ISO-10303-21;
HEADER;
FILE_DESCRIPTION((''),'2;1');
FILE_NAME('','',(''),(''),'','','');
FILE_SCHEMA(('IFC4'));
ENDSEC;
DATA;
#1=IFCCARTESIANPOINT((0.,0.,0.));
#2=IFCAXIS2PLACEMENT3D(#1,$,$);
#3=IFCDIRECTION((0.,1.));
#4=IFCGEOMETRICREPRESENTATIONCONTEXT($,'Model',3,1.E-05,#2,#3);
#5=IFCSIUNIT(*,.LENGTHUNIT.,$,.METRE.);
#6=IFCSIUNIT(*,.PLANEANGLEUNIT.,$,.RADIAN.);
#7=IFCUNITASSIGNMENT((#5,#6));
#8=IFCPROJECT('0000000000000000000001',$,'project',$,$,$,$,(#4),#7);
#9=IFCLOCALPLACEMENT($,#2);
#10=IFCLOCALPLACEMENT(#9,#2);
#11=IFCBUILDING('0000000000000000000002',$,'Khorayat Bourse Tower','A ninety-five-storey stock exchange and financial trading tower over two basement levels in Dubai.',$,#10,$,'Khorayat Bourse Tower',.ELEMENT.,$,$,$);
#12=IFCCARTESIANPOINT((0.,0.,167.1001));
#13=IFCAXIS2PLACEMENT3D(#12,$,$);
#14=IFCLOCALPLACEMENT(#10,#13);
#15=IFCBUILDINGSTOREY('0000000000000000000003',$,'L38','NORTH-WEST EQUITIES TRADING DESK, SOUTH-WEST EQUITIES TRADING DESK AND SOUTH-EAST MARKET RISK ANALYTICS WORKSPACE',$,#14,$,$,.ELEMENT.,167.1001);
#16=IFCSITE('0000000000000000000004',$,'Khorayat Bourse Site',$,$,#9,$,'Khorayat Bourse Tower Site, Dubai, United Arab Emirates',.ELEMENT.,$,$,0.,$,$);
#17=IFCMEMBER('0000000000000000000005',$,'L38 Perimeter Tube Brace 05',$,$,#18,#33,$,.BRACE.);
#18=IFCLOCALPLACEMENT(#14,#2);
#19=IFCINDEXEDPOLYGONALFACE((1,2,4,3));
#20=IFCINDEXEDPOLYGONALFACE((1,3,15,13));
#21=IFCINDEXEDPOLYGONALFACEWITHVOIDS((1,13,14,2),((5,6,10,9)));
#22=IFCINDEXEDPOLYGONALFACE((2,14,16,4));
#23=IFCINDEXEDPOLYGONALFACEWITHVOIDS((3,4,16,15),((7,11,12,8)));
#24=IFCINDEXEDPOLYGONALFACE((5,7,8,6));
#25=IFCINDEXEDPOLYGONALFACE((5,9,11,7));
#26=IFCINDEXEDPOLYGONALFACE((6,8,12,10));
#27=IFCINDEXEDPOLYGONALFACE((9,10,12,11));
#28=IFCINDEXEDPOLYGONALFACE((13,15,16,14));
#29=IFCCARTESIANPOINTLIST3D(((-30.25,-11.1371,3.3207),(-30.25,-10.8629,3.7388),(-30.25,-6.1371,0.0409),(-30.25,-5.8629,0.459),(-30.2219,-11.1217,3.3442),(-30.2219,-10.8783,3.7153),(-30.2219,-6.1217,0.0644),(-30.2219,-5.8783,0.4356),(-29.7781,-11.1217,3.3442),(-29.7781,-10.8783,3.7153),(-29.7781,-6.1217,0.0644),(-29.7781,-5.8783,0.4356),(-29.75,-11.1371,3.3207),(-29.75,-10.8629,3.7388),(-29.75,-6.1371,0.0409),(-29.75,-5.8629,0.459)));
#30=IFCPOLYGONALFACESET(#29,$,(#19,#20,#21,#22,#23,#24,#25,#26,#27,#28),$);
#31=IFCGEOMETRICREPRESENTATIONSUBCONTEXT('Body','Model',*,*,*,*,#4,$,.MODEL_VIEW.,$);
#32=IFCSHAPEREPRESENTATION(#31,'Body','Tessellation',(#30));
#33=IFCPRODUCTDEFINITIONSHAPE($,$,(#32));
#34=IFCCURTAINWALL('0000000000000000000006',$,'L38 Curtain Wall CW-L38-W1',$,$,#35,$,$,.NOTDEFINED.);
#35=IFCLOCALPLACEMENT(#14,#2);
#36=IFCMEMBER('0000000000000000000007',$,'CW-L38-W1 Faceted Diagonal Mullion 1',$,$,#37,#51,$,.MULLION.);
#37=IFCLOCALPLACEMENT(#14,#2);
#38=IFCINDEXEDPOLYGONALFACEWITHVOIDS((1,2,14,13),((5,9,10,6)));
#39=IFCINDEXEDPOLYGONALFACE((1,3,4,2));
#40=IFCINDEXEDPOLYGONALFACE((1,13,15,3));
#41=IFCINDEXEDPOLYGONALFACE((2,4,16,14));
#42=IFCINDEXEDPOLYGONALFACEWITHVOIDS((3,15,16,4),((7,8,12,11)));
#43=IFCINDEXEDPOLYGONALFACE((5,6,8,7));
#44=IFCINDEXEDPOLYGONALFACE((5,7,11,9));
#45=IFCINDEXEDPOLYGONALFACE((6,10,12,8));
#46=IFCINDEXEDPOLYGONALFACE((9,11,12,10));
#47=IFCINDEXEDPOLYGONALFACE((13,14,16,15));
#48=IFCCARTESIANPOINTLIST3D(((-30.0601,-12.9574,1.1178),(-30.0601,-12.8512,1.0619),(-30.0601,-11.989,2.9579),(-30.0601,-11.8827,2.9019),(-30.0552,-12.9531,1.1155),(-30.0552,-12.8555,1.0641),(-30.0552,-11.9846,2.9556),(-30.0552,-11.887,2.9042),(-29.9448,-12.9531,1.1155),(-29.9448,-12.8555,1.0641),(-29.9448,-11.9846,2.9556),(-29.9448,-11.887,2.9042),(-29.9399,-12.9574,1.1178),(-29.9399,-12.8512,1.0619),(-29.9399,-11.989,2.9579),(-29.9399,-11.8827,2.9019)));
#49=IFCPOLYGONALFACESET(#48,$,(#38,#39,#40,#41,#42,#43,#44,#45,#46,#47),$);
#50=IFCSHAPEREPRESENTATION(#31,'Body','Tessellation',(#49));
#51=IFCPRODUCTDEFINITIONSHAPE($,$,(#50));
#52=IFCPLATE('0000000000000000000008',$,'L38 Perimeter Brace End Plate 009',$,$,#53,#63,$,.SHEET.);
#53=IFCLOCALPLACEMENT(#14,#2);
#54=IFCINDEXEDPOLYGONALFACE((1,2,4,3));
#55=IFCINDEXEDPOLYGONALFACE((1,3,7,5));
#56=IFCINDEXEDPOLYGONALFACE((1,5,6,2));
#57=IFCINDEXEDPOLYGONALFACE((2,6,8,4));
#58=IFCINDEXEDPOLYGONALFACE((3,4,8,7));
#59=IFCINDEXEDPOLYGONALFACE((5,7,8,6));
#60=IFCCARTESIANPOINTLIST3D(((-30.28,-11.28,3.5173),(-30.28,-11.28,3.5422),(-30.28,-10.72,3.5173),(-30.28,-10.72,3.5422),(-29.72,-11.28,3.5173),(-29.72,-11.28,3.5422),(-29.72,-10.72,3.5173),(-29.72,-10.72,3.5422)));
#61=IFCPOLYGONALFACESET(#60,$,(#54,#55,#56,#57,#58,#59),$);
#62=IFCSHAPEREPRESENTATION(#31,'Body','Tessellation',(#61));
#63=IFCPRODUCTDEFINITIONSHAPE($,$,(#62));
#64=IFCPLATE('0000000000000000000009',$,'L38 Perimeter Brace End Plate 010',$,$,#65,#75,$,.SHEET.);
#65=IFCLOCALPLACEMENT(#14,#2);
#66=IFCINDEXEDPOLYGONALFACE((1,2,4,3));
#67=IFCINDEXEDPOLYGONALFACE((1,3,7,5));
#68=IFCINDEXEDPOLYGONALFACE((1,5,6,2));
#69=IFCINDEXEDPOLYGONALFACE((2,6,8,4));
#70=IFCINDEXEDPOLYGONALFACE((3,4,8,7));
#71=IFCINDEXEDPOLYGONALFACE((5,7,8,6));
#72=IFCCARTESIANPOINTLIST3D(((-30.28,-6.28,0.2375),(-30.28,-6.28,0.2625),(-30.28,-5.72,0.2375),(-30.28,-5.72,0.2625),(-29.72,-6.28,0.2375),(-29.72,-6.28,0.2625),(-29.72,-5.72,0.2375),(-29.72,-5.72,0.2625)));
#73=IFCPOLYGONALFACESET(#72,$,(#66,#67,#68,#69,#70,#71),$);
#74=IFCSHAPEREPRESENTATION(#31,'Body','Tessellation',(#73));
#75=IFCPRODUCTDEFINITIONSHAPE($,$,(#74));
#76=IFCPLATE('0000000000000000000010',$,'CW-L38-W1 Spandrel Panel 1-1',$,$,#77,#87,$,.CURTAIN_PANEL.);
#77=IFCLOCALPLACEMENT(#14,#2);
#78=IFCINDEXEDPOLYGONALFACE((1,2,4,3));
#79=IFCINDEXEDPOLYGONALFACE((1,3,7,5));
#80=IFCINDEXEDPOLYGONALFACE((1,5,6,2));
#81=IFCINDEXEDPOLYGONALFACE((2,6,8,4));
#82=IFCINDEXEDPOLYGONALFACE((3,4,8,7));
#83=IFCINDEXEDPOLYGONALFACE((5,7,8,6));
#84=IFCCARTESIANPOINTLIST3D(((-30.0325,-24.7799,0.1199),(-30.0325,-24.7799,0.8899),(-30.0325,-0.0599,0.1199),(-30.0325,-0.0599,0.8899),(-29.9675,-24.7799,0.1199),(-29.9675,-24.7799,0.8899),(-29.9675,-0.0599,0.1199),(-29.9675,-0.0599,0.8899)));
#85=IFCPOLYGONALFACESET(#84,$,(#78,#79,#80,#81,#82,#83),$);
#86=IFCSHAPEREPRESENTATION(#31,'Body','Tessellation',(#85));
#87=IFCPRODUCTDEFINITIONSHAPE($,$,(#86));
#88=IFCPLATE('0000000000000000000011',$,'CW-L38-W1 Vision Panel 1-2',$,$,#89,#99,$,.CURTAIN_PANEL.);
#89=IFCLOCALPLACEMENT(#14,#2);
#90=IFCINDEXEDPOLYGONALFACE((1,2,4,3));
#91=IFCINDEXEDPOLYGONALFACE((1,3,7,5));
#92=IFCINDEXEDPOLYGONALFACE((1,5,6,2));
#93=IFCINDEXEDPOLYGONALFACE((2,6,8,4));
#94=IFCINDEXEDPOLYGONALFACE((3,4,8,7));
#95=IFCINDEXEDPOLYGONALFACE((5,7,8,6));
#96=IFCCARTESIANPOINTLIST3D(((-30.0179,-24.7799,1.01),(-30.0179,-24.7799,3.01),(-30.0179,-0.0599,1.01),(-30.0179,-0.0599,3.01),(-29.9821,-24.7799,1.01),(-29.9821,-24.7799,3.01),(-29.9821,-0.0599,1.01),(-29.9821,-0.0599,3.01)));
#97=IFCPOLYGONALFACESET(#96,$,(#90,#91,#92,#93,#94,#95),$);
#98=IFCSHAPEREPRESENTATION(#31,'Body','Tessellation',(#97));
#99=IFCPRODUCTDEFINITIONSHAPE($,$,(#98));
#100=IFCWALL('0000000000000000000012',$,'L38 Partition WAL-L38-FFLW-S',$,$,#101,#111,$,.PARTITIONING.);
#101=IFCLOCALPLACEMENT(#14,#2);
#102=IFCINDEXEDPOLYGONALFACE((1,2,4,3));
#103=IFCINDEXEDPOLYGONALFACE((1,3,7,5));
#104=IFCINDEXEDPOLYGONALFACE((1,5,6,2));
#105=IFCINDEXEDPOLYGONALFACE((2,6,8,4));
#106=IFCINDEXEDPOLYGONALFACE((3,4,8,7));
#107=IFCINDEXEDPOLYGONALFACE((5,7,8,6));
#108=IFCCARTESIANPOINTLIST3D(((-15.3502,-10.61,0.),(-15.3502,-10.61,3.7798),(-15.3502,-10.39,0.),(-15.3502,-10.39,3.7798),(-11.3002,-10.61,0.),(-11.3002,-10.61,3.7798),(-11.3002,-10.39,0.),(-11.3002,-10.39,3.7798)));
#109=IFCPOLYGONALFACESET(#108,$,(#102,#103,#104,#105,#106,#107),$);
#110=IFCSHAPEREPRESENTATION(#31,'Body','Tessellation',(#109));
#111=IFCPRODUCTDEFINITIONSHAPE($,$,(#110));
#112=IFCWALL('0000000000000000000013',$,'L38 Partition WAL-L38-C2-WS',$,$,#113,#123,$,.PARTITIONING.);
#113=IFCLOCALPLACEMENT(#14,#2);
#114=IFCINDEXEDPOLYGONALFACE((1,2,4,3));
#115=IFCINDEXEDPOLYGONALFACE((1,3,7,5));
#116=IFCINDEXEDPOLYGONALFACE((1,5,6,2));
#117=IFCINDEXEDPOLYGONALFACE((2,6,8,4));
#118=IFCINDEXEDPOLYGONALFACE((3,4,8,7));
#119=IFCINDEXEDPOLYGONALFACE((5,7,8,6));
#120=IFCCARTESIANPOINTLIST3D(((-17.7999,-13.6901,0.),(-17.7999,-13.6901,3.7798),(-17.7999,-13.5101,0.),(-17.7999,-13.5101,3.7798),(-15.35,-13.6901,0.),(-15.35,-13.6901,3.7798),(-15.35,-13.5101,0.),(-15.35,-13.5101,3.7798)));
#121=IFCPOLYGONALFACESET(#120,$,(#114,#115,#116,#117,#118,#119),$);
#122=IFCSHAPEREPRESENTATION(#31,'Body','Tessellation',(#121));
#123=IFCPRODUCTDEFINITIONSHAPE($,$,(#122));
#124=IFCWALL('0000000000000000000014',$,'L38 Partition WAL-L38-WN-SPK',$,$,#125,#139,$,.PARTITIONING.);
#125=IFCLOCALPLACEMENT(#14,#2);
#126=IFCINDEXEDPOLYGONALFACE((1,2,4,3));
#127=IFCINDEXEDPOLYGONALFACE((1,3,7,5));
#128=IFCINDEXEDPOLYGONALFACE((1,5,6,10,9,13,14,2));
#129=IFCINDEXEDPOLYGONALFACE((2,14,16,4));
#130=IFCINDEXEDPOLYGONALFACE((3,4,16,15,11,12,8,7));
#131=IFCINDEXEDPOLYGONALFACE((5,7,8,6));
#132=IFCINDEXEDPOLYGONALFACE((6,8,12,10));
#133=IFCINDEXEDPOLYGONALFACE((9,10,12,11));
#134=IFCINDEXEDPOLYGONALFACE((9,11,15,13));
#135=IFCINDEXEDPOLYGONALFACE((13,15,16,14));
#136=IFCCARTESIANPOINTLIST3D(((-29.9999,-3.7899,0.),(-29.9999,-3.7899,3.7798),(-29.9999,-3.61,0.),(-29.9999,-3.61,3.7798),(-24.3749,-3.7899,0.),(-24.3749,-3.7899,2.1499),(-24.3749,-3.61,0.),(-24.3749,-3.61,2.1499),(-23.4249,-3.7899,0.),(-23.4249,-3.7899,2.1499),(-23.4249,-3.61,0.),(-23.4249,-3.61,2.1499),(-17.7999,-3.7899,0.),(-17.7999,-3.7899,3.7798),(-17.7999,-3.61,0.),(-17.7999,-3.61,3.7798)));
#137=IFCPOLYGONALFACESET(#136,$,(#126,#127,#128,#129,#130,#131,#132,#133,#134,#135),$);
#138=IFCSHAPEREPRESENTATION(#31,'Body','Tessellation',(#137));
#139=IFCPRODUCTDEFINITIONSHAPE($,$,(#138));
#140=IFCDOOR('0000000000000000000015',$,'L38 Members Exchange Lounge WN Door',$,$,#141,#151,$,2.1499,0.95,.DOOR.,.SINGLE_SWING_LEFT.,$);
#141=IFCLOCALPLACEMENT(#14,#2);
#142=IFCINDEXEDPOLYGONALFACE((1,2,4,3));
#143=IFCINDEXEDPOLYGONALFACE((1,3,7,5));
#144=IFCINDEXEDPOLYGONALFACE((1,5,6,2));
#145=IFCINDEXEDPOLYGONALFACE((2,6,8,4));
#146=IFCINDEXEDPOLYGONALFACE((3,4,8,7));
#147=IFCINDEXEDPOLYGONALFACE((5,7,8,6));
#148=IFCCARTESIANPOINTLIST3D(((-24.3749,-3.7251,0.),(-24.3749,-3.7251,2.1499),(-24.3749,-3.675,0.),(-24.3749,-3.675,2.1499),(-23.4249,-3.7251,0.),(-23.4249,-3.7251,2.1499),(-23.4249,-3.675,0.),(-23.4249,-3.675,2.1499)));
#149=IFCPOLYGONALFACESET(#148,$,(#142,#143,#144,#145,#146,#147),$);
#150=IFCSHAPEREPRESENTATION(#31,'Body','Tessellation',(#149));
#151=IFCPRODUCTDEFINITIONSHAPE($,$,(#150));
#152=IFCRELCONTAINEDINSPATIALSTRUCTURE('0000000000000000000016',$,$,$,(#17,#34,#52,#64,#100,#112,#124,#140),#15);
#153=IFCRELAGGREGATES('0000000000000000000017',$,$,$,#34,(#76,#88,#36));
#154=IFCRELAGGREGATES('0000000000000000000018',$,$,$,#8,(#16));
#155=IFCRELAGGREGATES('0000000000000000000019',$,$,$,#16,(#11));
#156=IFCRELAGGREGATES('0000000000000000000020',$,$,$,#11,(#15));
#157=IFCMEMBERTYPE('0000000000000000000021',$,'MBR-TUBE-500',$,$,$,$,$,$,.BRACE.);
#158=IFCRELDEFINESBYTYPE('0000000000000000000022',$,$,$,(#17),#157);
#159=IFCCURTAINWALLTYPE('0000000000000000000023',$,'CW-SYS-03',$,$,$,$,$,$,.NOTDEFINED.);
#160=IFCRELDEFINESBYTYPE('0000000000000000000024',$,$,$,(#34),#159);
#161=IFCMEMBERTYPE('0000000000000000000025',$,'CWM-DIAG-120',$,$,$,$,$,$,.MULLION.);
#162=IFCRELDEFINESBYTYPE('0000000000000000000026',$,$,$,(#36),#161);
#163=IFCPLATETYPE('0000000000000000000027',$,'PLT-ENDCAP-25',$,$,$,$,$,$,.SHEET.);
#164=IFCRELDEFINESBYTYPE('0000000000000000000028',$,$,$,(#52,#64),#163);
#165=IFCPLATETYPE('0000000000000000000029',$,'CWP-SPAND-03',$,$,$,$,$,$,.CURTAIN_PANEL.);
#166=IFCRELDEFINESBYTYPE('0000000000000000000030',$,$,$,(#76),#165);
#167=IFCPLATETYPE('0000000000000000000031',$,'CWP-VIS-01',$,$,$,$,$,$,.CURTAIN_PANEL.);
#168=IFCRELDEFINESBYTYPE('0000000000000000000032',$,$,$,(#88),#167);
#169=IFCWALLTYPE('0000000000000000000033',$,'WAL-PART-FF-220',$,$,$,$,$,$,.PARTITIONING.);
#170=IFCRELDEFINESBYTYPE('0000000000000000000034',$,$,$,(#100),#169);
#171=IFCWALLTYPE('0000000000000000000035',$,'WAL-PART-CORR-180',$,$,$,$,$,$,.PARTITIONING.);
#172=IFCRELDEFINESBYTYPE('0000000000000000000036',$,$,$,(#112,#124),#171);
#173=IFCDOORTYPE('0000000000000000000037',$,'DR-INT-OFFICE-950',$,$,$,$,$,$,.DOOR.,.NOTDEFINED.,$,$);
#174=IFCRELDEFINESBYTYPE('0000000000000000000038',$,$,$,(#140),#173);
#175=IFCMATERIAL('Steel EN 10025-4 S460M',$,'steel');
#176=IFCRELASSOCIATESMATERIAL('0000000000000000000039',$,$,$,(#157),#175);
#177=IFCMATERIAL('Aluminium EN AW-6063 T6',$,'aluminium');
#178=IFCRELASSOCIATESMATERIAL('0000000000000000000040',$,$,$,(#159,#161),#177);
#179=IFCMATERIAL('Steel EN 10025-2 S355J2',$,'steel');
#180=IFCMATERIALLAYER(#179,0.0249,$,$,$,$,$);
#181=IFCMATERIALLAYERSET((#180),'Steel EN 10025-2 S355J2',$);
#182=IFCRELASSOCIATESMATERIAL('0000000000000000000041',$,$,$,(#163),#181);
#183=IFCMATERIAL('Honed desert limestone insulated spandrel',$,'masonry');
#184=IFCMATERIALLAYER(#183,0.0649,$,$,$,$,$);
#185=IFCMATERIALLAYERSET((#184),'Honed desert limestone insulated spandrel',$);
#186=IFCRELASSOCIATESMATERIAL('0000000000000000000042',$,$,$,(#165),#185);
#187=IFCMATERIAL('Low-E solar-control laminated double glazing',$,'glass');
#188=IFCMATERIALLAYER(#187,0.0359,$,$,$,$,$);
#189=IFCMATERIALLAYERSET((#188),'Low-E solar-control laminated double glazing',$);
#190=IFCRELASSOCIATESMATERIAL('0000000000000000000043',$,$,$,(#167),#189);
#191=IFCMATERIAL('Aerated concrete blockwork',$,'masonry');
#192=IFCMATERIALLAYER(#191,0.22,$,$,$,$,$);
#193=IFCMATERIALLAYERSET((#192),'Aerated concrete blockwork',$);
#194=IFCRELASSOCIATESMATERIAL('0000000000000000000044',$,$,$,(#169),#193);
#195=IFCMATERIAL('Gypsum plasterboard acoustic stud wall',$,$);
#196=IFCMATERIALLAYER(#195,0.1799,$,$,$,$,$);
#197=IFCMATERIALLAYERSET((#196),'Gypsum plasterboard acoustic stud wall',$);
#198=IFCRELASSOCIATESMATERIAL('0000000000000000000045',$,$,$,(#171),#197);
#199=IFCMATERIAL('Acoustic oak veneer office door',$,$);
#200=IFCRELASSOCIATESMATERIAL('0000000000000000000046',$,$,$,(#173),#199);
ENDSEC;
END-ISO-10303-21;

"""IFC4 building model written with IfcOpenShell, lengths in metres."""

from ifc_helpers import new_model, si_unit, direction, frame, frame_2d, origin, origin_2d, place, context, subcontext, project, spatial, rectangle, hollow_rectangle, extrude, source, transform, mapped, material, layer, layer_set, material_profile, profile_set, type_object, element, fill, aggregate, save


model = new_model("IFC4")

# Units and contexts
model_context = context("Model", 3, precision=1e-05, world=origin(), true_north=direction((0.0, 1.0)))
body_context = subcontext(model_context, "Body", "Model", "MODEL_VIEW")
ifc_project = project(units=[si_unit("LENGTHUNIT", "METRE"), si_unit("PLANEANGLEUNIT", "RADIAN")], contexts=[model_context])

# Site, building, storey
site_placement = place(None, origin())
site = spatial("IfcSite", under=ifc_project, at=site_placement, Name="Khorayat Bourse Site", LongName="Khorayat Bourse Tower Site, Dubai, United Arab Emirates", CompositionType="ELEMENT", RefElevation=0.0)
building_placement = place(site_placement, origin())
building = spatial("IfcBuilding", under=site, at=building_placement, Name="Khorayat Bourse Tower", Description="A ninety-five-storey stock exchange and financial trading tower over two basement levels in Dubai.", LongName="Khorayat Bourse Tower", CompositionType="ELEMENT")
storey_placement = place(building_placement, frame((0.0, 0.0, 167.1001)))
storey = spatial("IfcBuildingStorey", under=building, at=storey_placement, Name="L38", Description="NORTH-WEST EQUITIES TRADING DESK, SOUTH-WEST EQUITIES TRADING DESK AND SOUTH-EAST MARKET RISK ANALYTICS WORKSPACE", CompositionType="ELEMENT", Elevation=167.1001)

# Shared definitions
ifc_material_1 = material(Name="Steel EN 10025-4 S460M", Category="steel")

# Member
ifc_material_profile_1 = material_profile(ifc_material_1, hollow_rectangle(XDim=0.5, YDim=0.5, WallThickness=0.0281, at=origin_2d()), Name="HSS 500x500x28")
ifc_profile_set_1 = profile_set([ifc_material_profile_1], Name="Steel EN 10025-4 S460M")
member_type_1 = type_object("IfcMemberType", Name="MBR-TUBE-500", PredefinedType="BRACE", material=ifc_profile_set_1)
shared_shape_1 = source(origin(), body_context, "Body", "SweptSolid", [
    extrude(hollow_rectangle(XDim=0.5, YDim=0.5, WallThickness=0.0281, at=origin_2d()), origin(), (0.0, 0.0, 1.0), 5.9797),
])
member_1_placement = place(storey_placement, frame((-30.0, -11.0, 3.5298), z_axis=(0.0, 0.83616, -0.548485), x_axis=(-1.0, 0.0, 0.0)))
element("IfcMember", 1, at=member_1_placement, inside=storey, type_object=member_type_1, Name="L38 Perimeter Tube Brace 05", PredefinedType="BRACE", context=body_context, shape_type="MappedRepresentation", body=[
    mapped(shared_shape_1, transform((0.0, 0.0, 0.0), scale=1.0)),
])

# Curtain wall, member
ifc_material_2 = material(Name="Aluminium EN AW-6063 T6", Category="aluminium")
curtain_wall_type = type_object("IfcCurtainWallType", Name="CW-SYS-03", PredefinedType="NOTDEFINED", material=ifc_material_2)
curtain_wall_placement = place(storey_placement, origin())
curtain_wall = element("IfcCurtainWall", 2, at=curtain_wall_placement, inside=storey, type_object=curtain_wall_type, Name="L38 Curtain Wall CW-L38-W1", PredefinedType="NOTDEFINED")
ifc_material_profile_2 = material_profile(ifc_material_2, hollow_rectangle(XDim=0.1201, YDim=0.1201, WallThickness=0.0049, at=origin_2d()), Name="ALU 120x120x5")
ifc_profile_set_2 = profile_set([ifc_material_profile_2], Name="Aluminium EN AW-6063 T6")
member_type_2 = type_object("IfcMemberType", Name="CWM-DIAG-120", PredefinedType="MULLION", material=ifc_profile_set_2)
shared_shape_2 = source(origin(), body_context, "Body", "SweptSolid", [
    extrude(hollow_rectangle(XDim=0.1201, YDim=0.1201, WallThickness=0.0049, at=origin_2d()), origin(), (0.0, 0.0, 1.0), 2.0793),
])
member_2_placement = place(storey_placement, frame((-30.0, -12.9043, 1.0898), z_axis=(0.0, 0.465761, 0.884911), x_axis=(-1.0, 0.0, 0.0)))
member_2 = element("IfcMember", 3, at=member_2_placement, type_object=member_type_2, Name="CW-L38-W1 Faceted Diagonal Mullion 1", PredefinedType="MULLION", context=body_context, shape_type="MappedRepresentation", body=[
    mapped(shared_shape_2, transform((0.0, 0.0, 0.0), scale=1.0)),
])

# Plates
ifc_material_3 = material(Name="Steel EN 10025-2 S355J2", Category="steel")
ifc_layer_1 = layer(ifc_material_3, 0.0249)
ifc_layer_set_1 = layer_set([ifc_layer_1], Name="Steel EN 10025-2 S355J2")
plate_type_1 = type_object("IfcPlateType", Name="PLT-ENDCAP-25", PredefinedType="SHEET", material=ifc_layer_set_1)
shared_shape_3 = source(origin(), body_context, "Body", "SweptSolid", [
    extrude(rectangle(XDim=0.5601, YDim=0.5601, at=origin_2d()), origin(), (0.0, 0.0, 1.0), 0.0249),
])
for number, where, z_axis, x_axis, name in (
    (4, (-30.0, -11.0, 3.5173), (0.0, 0.0, 1.0), (1.0, 0.0, 0.0), "L38 Perimeter Brace End Plate 009"),
    (5, (-30.0, -6.0, 0.2375), (0.0, 0.0, 1.0), (1.0, 0.0, 0.0), "L38 Perimeter Brace End Plate 010"),
):
    element("IfcPlate", number, at=place(storey_placement, frame(where, z_axis=z_axis, x_axis=x_axis)), inside=storey, type_object=plate_type_1, Name=name, PredefinedType="SHEET", context=body_context, shape_type="MappedRepresentation", body=[
        mapped(shared_shape_3, transform((0.0, 0.0, 0.0), scale=1.0)),
    ])

# Plates
ifc_material_4 = material(Name="Honed desert limestone insulated spandrel", Category="masonry")
ifc_layer_2 = layer(ifc_material_4, 0.0649)
ifc_layer_set_2 = layer_set([ifc_layer_2], Name="Honed desert limestone insulated spandrel")
plate_type_2 = type_object("IfcPlateType", Name="CWP-SPAND-03", PredefinedType="CURTAIN_PANEL", material=ifc_layer_set_2)
shared_shape_4 = source(origin(), body_context, "Body", "SweptSolid", [
    extrude(rectangle(XDim=24.72, YDim=0.0649, at=origin_2d()), origin(), (0.0, 0.0, 1.0), 0.77),
])
plate_1_placement = place(storey_placement, frame((-30.0, -12.4199, 0.1199), z_axis=(0.0, 0.0, 1.0), x_axis=(0.0, 1.0, 0.0)))
plate_1 = element("IfcPlate", 6, at=plate_1_placement, type_object=plate_type_2, Name="CW-L38-W1 Spandrel Panel 1-1", PredefinedType="CURTAIN_PANEL", context=body_context, shape_type="MappedRepresentation", body=[
    mapped(shared_shape_4, transform((0.0, 0.0, 0.0), scale=1.0)),
])
ifc_material_5 = material(Name="Low-E solar-control laminated double glazing", Category="glass")
ifc_layer_3 = layer(ifc_material_5, 0.0359)
ifc_layer_set_3 = layer_set([ifc_layer_3], Name="Low-E solar-control laminated double glazing")
plate_type_3 = type_object("IfcPlateType", Name="CWP-VIS-01", PredefinedType="CURTAIN_PANEL", material=ifc_layer_set_3)
shared_shape_5 = source(origin(), body_context, "Body", "SweptSolid", [
    extrude(rectangle(XDim=24.72, YDim=0.0359, at=origin_2d()), origin(), (0.0, 0.0, 1.0), 2.0),
])
plate_2_placement = place(storey_placement, frame((-30.0, -12.4199, 1.01), z_axis=(0.0, 0.0, 1.0), x_axis=(0.0, 1.0, 0.0)))
plate_2 = element("IfcPlate", 7, at=plate_2_placement, type_object=plate_type_3, Name="CW-L38-W1 Vision Panel 1-2", PredefinedType="CURTAIN_PANEL", context=body_context, shape_type="MappedRepresentation", body=[
    mapped(shared_shape_5, transform((0.0, 0.0, 0.0), scale=1.0)),
])
aggregate(curtain_wall, [plate_1, plate_2, member_2])

# Walls
ifc_material_6 = material(Name="Aerated concrete blockwork", Category="masonry")
ifc_layer_4 = layer(ifc_material_6, 0.22)
ifc_layer_set_4 = layer_set([ifc_layer_4], Name="Aerated concrete blockwork")
wall_type_1 = type_object("IfcWallType", Name="WAL-PART-FF-220", PredefinedType="PARTITIONING", material=ifc_layer_set_4)
shared_shape_6 = source(origin(), body_context, "Body", "SweptSolid", [
    extrude(rectangle(XDim=4.05, YDim=0.22, at=frame_2d((2.0249, 0.0))), origin(), (0.0, 0.0, 1.0), 3.7798),
])
wall_1_placement = place(storey_placement, frame((-15.3501, -10.5, 0.0), z_axis=(0.0, 0.0, 1.0), x_axis=(1.0, 0.0, 0.0)))
element("IfcWall", 8, at=wall_1_placement, inside=storey, type_object=wall_type_1, Name="L38 Partition WAL-L38-FFLW-S", PredefinedType="PARTITIONING", context=body_context, shape_type="MappedRepresentation", body=[
    mapped(shared_shape_6, transform((0.0, 0.0, 0.0), scale=1.0)),
])
ifc_material_7 = material(Name="Gypsum plasterboard acoustic stud wall")
ifc_layer_5 = layer(ifc_material_7, 0.1799)
ifc_layer_set_5 = layer_set([ifc_layer_5], Name="Gypsum plasterboard acoustic stud wall")
wall_type_2 = type_object("IfcWallType", Name="WAL-PART-CORR-180", PredefinedType="PARTITIONING", material=ifc_layer_set_5)
shared_shape_7 = source(origin(), body_context, "Body", "SweptSolid", [
    extrude(rectangle(XDim=2.45, YDim=0.1799, at=frame_2d((1.2251, 0.0))), origin(), (0.0, 0.0, 1.0), 3.7798),
])
wall_2_placement = place(storey_placement, frame((-17.8, -13.6001, 0.0), z_axis=(0.0, 0.0, 1.0), x_axis=(1.0, 0.0, 0.0)))
element("IfcWall", 9, at=wall_2_placement, inside=storey, type_object=wall_type_2, Name="L38 Partition WAL-L38-C2-WS", PredefinedType="PARTITIONING", context=body_context, shape_type="MappedRepresentation", body=[
    mapped(shared_shape_7, transform((0.0, 0.0, 0.0), scale=1.0)),
])

# Wall, opening, door
shared_shape_8 = source(origin(), body_context, "Body", "SweptSolid", [
    extrude(rectangle(XDim=12.2, YDim=0.1799, at=frame_2d((6.1001, 0.0))), origin(), (0.0, 0.0, 1.0), 3.7798),
])
wall_3_placement = place(storey_placement, frame((-30.0, -3.7, 0.0), z_axis=(0.0, 0.0, 1.0), x_axis=(1.0, 0.0, 0.0)))
wall_3 = element("IfcWall", 10, at=wall_3_placement, inside=storey, type_object=wall_type_2, Name="L38 Partition WAL-L38-WN-SPK", PredefinedType="PARTITIONING", context=body_context, shape_type="MappedRepresentation", body=[
    mapped(shared_shape_8, transform((0.0, 0.0, 0.0), scale=1.0)),
])
shared_shape_9 = source(origin(), body_context, "Body", "SweptSolid", [
    extrude(rectangle(XDim=0.95, YDim=2.1499, at=frame_2d((0.4751, 1.075))), frame((0.0, 0.0999, 0.0), z_axis=(0.0, -1.0, 0.0), x_axis=(1.0, 0.0, 0.0)), (0.0, 0.0, 1.0), 0.2),
])
opening_1_placement = place(wall_3_placement, frame((5.625, 0.0, 0.0)))
opening_1 = element("IfcOpeningElement", 11, at=opening_1_placement, cuts=wall_3, PredefinedType="OPENING", context=body_context, shape_type="MappedRepresentation", body=[
    mapped(shared_shape_9, transform((0.0, 0.0, 0.0), scale=1.0)),
])
ifc_material_8 = material(Name="Acoustic oak veneer office door")
door_type = type_object("IfcDoorType", Name="DR-INT-OFFICE-950", OperationType="NOTDEFINED", PredefinedType="DOOR", material=ifc_material_8)
shared_shape_10 = source(origin(), body_context, "Body", "SweptSolid", [
    extrude(rectangle(XDim=0.95, YDim=2.1499, at=frame_2d((0.4751, 1.075))), frame((0.0, 0.0249, 0.0), z_axis=(0.0, -1.0, 0.0), x_axis=(1.0, 0.0, 0.0)), (0.0, 0.0, 1.0), 0.05),
])
door_1_placement = place(opening_1_placement, origin())
door_1 = element("IfcDoor", 12, at=door_1_placement, inside=storey, type_object=door_type, Name="L38 Members Exchange Lounge WN Door", OperationType="SINGLE_SWING_LEFT", OverallHeight=2.1499, OverallWidth=0.95, PredefinedType="DOOR", context=body_context, shape_type="MappedRepresentation", body=[
    mapped(shared_shape_10, transform((0.0, 0.0, 0.0), scale=1.0)),
])
fill(opening_1, door_1)

save(model, "model.ifc")
